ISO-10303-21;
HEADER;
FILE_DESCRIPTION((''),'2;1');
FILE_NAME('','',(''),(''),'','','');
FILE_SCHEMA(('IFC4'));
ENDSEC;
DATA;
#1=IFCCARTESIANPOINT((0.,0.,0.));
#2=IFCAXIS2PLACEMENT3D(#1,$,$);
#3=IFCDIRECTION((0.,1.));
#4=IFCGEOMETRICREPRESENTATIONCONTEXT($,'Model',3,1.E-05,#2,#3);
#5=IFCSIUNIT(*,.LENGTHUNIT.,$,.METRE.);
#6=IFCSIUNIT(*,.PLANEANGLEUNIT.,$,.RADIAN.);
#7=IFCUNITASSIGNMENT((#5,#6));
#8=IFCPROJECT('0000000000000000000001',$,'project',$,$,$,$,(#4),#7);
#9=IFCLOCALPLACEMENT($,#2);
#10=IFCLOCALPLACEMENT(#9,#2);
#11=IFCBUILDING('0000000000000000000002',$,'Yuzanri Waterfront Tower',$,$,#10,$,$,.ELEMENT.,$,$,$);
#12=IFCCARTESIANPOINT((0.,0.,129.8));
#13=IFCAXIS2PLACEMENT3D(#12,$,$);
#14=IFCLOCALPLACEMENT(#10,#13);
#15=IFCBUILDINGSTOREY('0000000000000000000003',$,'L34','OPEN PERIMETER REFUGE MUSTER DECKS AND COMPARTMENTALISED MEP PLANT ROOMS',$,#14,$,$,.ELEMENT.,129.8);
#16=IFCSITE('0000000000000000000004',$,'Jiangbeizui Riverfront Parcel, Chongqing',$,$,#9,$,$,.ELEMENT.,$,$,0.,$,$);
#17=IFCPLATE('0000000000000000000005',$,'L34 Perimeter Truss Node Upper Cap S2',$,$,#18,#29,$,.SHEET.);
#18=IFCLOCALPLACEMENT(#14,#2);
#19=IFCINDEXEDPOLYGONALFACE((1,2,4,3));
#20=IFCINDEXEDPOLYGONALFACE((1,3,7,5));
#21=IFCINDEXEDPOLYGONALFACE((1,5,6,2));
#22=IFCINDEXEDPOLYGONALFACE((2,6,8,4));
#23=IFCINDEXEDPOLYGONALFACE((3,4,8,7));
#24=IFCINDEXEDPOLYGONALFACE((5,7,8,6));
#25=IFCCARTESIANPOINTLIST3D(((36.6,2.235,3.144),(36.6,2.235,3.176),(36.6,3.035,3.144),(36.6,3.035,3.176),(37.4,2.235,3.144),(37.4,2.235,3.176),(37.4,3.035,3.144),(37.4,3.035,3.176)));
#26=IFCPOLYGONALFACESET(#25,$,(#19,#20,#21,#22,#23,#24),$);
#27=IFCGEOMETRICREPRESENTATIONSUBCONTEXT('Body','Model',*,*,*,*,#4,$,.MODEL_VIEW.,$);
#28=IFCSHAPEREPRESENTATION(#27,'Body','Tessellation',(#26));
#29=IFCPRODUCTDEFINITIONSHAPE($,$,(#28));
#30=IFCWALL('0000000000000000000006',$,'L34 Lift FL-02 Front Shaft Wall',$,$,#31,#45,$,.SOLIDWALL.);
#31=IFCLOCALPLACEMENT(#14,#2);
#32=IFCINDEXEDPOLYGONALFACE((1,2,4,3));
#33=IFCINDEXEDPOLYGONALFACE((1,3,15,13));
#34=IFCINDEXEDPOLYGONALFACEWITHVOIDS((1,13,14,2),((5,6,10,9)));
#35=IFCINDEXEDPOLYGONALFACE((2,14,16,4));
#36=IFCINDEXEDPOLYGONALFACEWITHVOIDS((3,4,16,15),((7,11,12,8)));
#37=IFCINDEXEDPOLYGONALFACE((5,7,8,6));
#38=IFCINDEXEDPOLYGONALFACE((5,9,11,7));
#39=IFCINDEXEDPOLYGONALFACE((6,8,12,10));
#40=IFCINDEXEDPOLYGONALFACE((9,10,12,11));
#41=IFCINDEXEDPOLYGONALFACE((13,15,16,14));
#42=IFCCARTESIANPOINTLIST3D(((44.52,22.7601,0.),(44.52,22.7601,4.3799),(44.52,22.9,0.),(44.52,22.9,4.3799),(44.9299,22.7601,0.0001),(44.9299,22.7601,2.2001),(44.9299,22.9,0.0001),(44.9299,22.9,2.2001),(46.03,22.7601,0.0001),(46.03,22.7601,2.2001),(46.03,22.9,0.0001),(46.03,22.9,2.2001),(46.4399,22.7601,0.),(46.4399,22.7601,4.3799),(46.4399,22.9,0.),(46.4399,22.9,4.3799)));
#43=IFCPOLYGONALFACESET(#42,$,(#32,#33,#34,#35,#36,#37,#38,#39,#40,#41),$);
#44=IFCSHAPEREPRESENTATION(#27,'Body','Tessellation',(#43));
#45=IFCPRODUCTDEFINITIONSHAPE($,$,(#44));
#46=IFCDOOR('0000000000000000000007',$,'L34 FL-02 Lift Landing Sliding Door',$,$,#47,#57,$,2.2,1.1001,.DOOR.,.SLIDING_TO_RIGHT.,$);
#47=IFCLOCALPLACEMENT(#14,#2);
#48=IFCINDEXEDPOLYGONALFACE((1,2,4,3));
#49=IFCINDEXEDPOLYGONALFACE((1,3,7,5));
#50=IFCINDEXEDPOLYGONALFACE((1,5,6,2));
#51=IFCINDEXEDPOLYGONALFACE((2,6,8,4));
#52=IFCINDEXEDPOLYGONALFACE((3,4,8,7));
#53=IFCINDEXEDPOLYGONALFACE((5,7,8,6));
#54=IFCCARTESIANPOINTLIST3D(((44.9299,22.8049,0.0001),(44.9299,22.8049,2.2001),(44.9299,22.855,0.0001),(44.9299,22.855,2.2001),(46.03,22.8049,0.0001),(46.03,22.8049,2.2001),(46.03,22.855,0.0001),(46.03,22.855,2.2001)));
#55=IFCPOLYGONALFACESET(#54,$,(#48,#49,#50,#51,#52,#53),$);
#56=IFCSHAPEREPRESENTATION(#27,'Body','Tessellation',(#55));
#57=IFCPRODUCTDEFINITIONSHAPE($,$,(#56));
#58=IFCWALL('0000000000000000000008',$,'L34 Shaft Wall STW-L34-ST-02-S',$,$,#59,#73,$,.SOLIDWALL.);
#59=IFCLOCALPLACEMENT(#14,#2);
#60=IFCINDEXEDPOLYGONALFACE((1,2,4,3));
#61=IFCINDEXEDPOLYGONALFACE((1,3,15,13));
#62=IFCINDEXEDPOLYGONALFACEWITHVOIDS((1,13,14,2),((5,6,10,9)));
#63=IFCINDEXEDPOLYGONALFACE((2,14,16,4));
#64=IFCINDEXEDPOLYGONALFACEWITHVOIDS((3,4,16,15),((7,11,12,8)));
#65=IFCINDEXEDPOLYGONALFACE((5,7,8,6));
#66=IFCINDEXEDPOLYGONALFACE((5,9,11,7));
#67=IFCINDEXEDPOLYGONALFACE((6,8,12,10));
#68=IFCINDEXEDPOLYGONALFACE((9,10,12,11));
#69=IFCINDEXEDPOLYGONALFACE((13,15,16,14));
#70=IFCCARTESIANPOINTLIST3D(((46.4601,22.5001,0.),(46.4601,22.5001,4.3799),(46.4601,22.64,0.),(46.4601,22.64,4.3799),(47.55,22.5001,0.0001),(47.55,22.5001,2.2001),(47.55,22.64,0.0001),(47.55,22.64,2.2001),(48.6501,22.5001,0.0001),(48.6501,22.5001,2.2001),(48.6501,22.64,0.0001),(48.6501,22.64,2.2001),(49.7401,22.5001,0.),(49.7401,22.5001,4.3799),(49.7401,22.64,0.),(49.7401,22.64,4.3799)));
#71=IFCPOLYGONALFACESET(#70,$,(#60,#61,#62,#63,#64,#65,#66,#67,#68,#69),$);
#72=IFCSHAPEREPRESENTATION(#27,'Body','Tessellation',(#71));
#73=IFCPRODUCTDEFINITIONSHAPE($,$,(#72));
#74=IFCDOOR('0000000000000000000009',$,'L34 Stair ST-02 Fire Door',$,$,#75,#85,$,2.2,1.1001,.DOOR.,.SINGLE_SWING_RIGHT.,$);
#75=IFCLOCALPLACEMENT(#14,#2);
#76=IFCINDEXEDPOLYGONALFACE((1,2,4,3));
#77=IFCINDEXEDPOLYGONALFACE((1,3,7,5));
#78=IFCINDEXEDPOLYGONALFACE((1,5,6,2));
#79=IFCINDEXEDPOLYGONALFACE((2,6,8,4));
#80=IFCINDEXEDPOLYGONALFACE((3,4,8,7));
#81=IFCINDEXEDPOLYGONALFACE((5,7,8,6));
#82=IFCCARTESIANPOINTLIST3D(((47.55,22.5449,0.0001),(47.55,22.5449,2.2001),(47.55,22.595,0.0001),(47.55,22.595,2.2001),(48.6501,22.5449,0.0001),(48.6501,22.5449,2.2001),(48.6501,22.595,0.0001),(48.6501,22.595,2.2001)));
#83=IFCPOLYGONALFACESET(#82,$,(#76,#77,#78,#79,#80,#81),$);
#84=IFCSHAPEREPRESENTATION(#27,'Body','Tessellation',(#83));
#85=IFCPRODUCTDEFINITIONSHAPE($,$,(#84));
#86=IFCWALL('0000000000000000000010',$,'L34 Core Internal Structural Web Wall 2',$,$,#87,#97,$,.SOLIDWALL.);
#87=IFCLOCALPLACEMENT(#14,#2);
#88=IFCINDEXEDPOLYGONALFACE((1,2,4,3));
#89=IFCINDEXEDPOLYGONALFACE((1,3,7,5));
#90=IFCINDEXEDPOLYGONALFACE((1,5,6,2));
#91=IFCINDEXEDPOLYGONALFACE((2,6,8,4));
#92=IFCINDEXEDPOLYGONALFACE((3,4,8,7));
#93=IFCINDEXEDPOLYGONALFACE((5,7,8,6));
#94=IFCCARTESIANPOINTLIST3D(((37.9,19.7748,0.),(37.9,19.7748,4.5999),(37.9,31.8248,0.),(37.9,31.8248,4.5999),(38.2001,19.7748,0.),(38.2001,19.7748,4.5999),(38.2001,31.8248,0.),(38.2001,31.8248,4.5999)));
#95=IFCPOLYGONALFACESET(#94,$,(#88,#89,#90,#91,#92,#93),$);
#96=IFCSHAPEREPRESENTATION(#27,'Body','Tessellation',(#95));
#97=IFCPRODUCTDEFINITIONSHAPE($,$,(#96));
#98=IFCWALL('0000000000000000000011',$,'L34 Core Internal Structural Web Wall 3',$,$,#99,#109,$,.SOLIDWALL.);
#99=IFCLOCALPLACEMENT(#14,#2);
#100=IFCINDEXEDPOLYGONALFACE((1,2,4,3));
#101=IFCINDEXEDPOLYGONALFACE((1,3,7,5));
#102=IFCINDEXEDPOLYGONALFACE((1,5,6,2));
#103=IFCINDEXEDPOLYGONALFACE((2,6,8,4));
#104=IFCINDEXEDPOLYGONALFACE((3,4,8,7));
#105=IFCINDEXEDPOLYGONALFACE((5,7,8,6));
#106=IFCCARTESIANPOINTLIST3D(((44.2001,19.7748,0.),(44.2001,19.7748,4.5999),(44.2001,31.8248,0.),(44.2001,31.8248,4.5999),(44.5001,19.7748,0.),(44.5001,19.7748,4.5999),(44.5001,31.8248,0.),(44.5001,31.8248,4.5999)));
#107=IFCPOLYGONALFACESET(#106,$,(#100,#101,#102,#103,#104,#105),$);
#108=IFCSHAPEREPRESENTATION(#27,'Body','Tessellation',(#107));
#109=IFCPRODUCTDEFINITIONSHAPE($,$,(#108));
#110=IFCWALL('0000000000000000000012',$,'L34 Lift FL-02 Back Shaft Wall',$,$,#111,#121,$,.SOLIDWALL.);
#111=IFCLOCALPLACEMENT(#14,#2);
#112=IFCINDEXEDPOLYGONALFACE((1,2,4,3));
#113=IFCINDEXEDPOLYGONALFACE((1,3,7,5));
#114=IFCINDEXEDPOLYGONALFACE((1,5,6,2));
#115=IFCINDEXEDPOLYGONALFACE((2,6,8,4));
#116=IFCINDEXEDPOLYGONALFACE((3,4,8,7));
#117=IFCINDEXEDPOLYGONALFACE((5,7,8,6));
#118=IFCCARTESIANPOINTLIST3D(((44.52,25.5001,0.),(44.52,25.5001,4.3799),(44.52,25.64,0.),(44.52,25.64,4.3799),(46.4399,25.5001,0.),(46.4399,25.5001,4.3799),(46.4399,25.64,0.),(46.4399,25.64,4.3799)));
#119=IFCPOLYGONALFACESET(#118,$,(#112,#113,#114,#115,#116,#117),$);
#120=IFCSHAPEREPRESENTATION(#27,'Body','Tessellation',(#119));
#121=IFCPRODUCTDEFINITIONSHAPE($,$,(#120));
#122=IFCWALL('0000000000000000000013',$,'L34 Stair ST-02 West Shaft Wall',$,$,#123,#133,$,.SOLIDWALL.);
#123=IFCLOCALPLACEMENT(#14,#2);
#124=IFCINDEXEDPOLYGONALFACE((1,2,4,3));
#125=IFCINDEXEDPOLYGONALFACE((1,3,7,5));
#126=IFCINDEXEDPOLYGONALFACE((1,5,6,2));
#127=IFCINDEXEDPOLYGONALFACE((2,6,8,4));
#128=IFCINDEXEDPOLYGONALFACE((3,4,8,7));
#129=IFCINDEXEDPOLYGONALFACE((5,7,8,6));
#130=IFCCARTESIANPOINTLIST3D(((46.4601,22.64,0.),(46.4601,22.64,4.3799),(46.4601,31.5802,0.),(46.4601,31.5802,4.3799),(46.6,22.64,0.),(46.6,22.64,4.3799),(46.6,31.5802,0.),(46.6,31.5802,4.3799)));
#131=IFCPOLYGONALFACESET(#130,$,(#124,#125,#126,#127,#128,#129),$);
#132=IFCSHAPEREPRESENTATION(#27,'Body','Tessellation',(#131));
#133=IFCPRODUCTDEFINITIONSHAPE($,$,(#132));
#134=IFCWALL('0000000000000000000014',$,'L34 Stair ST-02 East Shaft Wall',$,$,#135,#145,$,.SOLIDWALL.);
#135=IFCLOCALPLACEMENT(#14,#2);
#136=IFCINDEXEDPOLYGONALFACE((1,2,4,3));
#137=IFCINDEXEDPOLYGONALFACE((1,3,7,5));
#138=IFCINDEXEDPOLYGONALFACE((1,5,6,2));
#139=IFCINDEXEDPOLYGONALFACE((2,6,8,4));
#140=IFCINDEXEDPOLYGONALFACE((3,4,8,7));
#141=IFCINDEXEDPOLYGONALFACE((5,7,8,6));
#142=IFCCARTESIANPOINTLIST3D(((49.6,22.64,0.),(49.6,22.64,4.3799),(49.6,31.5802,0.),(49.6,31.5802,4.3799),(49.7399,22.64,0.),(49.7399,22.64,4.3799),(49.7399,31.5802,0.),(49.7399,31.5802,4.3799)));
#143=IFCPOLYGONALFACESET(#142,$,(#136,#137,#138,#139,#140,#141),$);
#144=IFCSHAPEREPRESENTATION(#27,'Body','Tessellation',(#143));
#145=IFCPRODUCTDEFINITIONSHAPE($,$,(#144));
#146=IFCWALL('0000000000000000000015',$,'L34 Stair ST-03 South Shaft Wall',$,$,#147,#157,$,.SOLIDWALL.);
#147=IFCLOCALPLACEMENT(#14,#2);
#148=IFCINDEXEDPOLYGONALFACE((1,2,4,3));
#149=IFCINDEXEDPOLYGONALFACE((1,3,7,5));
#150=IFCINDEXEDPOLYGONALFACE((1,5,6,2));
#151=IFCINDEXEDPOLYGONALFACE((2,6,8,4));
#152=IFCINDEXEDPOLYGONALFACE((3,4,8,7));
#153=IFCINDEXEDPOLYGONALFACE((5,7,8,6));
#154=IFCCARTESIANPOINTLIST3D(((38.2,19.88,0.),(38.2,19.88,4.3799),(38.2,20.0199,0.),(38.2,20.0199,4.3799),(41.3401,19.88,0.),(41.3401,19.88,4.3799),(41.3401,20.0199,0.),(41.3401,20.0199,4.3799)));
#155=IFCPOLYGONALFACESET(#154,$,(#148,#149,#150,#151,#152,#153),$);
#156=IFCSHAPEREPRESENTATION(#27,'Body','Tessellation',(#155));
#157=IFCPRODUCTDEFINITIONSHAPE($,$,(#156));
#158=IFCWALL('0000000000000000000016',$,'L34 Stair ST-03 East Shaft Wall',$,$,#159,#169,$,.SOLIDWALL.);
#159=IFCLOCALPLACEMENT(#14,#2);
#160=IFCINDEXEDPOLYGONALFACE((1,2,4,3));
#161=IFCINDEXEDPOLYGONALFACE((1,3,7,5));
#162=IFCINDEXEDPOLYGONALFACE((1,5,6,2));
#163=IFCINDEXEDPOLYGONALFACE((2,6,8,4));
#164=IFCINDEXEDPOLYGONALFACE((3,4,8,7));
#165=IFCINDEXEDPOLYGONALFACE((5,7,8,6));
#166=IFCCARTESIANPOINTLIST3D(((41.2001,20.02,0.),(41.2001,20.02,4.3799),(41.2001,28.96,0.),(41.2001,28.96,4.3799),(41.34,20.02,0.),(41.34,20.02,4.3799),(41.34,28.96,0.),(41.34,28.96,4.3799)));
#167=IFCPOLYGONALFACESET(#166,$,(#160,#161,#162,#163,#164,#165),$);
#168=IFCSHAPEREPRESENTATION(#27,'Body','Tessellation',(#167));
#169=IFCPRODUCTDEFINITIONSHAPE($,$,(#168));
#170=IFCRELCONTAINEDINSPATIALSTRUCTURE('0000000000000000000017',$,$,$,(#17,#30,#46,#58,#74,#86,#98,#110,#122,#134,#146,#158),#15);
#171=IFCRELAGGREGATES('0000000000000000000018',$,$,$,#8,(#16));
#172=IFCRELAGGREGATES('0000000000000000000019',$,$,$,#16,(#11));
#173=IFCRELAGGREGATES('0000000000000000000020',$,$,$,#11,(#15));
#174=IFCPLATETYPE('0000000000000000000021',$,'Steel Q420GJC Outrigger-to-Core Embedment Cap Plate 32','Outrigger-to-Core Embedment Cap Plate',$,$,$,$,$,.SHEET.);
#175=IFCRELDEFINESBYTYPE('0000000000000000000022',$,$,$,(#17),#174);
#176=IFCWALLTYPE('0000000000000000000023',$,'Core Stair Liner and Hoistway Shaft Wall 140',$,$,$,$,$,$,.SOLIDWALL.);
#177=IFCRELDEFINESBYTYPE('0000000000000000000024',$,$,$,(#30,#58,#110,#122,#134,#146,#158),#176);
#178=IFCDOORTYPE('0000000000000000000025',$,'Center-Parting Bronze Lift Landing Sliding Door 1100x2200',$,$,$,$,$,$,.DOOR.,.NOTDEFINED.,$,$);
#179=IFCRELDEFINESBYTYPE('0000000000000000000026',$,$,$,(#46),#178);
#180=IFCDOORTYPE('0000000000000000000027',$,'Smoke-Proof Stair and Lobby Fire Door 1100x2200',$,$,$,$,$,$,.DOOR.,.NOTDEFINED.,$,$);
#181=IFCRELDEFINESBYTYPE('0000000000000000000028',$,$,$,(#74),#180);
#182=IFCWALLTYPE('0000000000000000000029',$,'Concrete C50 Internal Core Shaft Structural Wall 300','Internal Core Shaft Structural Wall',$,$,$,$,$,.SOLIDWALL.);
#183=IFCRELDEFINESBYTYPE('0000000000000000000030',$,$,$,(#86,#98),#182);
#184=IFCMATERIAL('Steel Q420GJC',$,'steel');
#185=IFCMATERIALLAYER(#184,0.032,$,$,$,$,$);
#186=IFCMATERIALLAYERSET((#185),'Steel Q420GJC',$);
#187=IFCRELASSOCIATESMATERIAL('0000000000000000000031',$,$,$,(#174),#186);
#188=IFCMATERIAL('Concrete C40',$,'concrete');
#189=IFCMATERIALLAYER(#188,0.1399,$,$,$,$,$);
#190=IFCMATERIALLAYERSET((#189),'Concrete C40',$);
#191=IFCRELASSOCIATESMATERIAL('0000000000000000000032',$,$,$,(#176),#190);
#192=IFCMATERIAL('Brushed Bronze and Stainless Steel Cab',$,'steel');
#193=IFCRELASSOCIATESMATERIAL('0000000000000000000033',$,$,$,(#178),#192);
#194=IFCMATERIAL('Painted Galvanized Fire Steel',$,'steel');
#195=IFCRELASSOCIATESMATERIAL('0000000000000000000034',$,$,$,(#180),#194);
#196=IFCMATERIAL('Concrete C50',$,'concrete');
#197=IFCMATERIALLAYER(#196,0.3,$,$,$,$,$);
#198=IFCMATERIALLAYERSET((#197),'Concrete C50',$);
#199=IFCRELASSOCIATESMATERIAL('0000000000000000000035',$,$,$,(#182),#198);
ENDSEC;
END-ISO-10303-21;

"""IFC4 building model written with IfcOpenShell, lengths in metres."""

from ifc_helpers import new_model, si_unit, direction, frame, frame_2d, origin, origin_2d, place, context, subcontext, project, spatial, rectangle, extrude, source, transform, mapped, material, layer, layer_set, type_object, element, fill, save


model = new_model("IFC4")

# Units and contexts
model_context = context("Model", 3, precision=1e-05, world=origin(), true_north=direction((0.0, 1.0)))
body_context = subcontext(model_context, "Body", "Model", "MODEL_VIEW")
ifc_project = project(units=[si_unit("LENGTHUNIT", "METRE"), si_unit("PLANEANGLEUNIT", "RADIAN")], contexts=[model_context])

# Site, building, storey
site_placement = place(None, origin())
site = spatial("IfcSite", under=ifc_project, at=site_placement, Name="Jiangbeizui Riverfront Parcel, Chongqing", CompositionType="ELEMENT", RefElevation=0.0)
building_placement = place(site_placement, origin())
building = spatial("IfcBuilding", under=site, at=building_placement, Name="Yuzanri Waterfront Tower", CompositionType="ELEMENT")
storey_placement = place(building_placement, frame((0.0, 0.0, 129.8)))
storey = spatial("IfcBuildingStorey", under=building, at=storey_placement, Name="L34", Description="OPEN PERIMETER REFUGE MUSTER DECKS AND COMPARTMENTALISED MEP PLANT ROOMS", CompositionType="ELEMENT", Elevation=129.8)

# Plate
ifc_material_1 = material(Name="Steel Q420GJC", Category="steel")
ifc_layer_1 = layer(ifc_material_1, 0.032)
ifc_layer_set_1 = layer_set([ifc_layer_1], Name="Steel Q420GJC")
plate_type = type_object("IfcPlateType", Name="Steel Q420GJC Outrigger-to-Core Embedment Cap Plate 32", Description="Outrigger-to-Core Embedment Cap Plate", PredefinedType="SHEET", material=ifc_layer_set_1)
shared_shape_1 = source(origin(), body_context, "Body", "SweptSolid", [
    extrude(rectangle(XDim=0.8, YDim=0.8, at=origin_2d()), origin(), (0.0, 0.0, 1.0), 0.032),
])
for number, where, z_axis, x_axis, name in (
    (1, (37.0, 2.635, 3.144), (0.0, 0.0, 1.0), (1.0, 0.0, 0.0), "L34 Perimeter Truss Node Upper Cap S2"),
):
    element("IfcPlate", number, at=place(storey_placement, frame(where, z_axis=z_axis, x_axis=x_axis)), inside=storey, type_object=plate_type, Name=name, PredefinedType="SHEET", context=body_context, shape_type="MappedRepresentation", body=[
        mapped(shared_shape_1, transform((0.0, 0.0, 0.0), scale=1.0)),
    ])

# Walls, openings, doors
ifc_material_2 = material(Name="Concrete C40", Category="concrete")
ifc_layer_2 = layer(ifc_material_2, 0.1399)
ifc_layer_set_2 = layer_set([ifc_layer_2], Name="Concrete C40")
wall_type_1 = type_object("IfcWallType", Name="Core Stair Liner and Hoistway Shaft Wall 140", PredefinedType="SOLIDWALL", material=ifc_layer_set_2)
wall_1_placement = place(storey_placement, frame((44.52, 22.8301, 0.0), z_axis=(0.0, 0.0, 1.0), x_axis=(1.0, 0.0, 0.0)))
wall_1 = element("IfcWall", 2, at=wall_1_placement, inside=storey, type_object=wall_type_1, Name="L34 Lift FL-02 Front Shaft Wall", PredefinedType="SOLIDWALL", context=body_context, shape_type="SweptSolid", body=[
    extrude(rectangle(XDim=1.9199, YDim=0.1399, at=frame_2d((0.96, 0.0))), origin(), (0.0, 0.0, 1.0), 4.3799),
])
opening_1_placement = place(wall_1_placement, frame((0.4099, 0.0, 0.0)))
opening_1 = element("IfcOpeningElement", 3, at=opening_1_placement, cuts=wall_1, PredefinedType="OPENING", context=body_context, shape_type="SweptSolid", body=[
    extrude(rectangle(XDim=1.1001, YDim=2.2, at=frame_2d((0.55, 1.1001))), frame((0.0, 0.085, 0.0), z_axis=(0.0, -1.0, 0.0), x_axis=(1.0, 0.0, 0.0)), (0.0, 0.0, 1.0), 0.1697),
])
ifc_material_3 = material(Name="Brushed Bronze and Stainless Steel Cab", Category="steel")
door_type_1 = type_object("IfcDoorType", Name="Center-Parting Bronze Lift Landing Sliding Door 1100x2200", OperationType="NOTDEFINED", PredefinedType="DOOR", material=ifc_material_3)
shared_shape_2 = source(origin(), body_context, "Body", "SweptSolid", [
    extrude(rectangle(XDim=1.1001, YDim=2.2, at=frame_2d((0.55, 1.1001))), frame((0.0, 0.0249, 0.0), z_axis=(0.0, -1.0, 0.0), x_axis=(1.0, 0.0, 0.0)), (0.0, 0.0, 1.0), 0.05),
])
door_1_placement = place(opening_1_placement, origin())
door_1 = element("IfcDoor", 4, at=door_1_placement, inside=storey, type_object=door_type_1, Name="L34 FL-02 Lift Landing Sliding Door", OperationType="SLIDING_TO_RIGHT", OverallHeight=2.2, OverallWidth=1.1001, PredefinedType="DOOR", context=body_context, shape_type="MappedRepresentation", body=[
    mapped(shared_shape_2, transform((0.0, 0.0, 0.0), scale=1.0)),
])
fill(opening_1, door_1)
wall_2_placement = place(storey_placement, frame((46.46, 22.5701, 0.0), z_axis=(0.0, 0.0, 1.0), x_axis=(1.0, 0.0, 0.0)))
wall_2 = element("IfcWall", 5, at=wall_2_placement, inside=storey, type_object=wall_type_1, Name="L34 Shaft Wall STW-L34-ST-02-S", PredefinedType="SOLIDWALL", context=body_context, shape_type="SweptSolid", body=[
    extrude(rectangle(XDim=3.28, YDim=0.1399, at=frame_2d((1.6401, 0.0))), origin(), (0.0, 0.0, 1.0), 4.3799),
])
opening_2_placement = place(wall_2_placement, frame((1.0901, 0.0, 0.0)))
opening_2 = element("IfcOpeningElement", 6, at=opening_2_placement, cuts=wall_2, PredefinedType="OPENING", context=body_context, shape_type="SweptSolid", body=[
    extrude(rectangle(XDim=1.1001, YDim=2.2, at=frame_2d((0.55, 1.1001))), frame((0.0, 0.085, 0.0), z_axis=(0.0, -1.0, 0.0), x_axis=(1.0, 0.0, 0.0)), (0.0, 0.0, 1.0), 0.1697),
])
ifc_material_4 = material(Name="Painted Galvanized Fire Steel", Category="steel")
door_type_2 = type_object("IfcDoorType", Name="Smoke-Proof Stair and Lobby Fire Door 1100x2200", OperationType="NOTDEFINED", PredefinedType="DOOR", material=ifc_material_4)
shared_shape_3 = source(origin(), body_context, "Body", "SweptSolid", [
    extrude(rectangle(XDim=1.1001, YDim=2.2, at=frame_2d((0.55, 1.1001))), frame((0.0, 0.0249, 0.0), z_axis=(0.0, -1.0, 0.0), x_axis=(1.0, 0.0, 0.0)), (0.0, 0.0, 1.0), 0.05),
])
door_2_placement = place(opening_2_placement, origin())
door_2 = element("IfcDoor", 7, at=door_2_placement, inside=storey, type_object=door_type_2, Name="L34 Stair ST-02 Fire Door", OperationType="SINGLE_SWING_RIGHT", OverallHeight=2.2, OverallWidth=1.1001, PredefinedType="DOOR", context=body_context, shape_type="MappedRepresentation", body=[
    mapped(shared_shape_3, transform((0.0, 0.0, 0.0), scale=1.0)),
])
fill(opening_2, door_2)

# Walls
ifc_material_5 = material(Name="Concrete C50", Category="concrete")
ifc_layer_3 = layer(ifc_material_5, 0.3)
ifc_layer_set_3 = layer_set([ifc_layer_3], Name="Concrete C50")
wall_type_2 = type_object("IfcWallType", Name="Concrete C50 Internal Core Shaft Structural Wall 300", Description="Internal Core Shaft Structural Wall", PredefinedType="SOLIDWALL", material=ifc_layer_set_3)
shared_shape_4 = source(origin(), body_context, "Body", "SweptSolid", [
    extrude(rectangle(XDim=12.05, YDim=0.3, at=frame_2d((6.0249, 0.0))), origin(), (0.0, 0.0, 1.0), 4.5999),
])
for number, where, z_axis, x_axis, name in (
    (8, (38.05, 19.7749, 0.0), (0.0, 0.0, 1.0), (0.0, 1.0, 0.0), "L34 Core Internal Structural Web Wall 2"),
    (9, (44.3501, 19.7749, 0.0), (0.0, 0.0, 1.0), (0.0, 1.0, 0.0), "L34 Core Internal Structural Web Wall 3"),
):
    element("IfcWall", number, at=place(storey_placement, frame(where, z_axis=z_axis, x_axis=x_axis)), inside=storey, type_object=wall_type_2, Name=name, PredefinedType="SOLIDWALL", context=body_context, shape_type="MappedRepresentation", body=[
        mapped(shared_shape_4, transform((0.0, 0.0, 0.0), scale=1.0)),
    ])
shared_shape_5 = source(origin(), body_context, "Body", "SweptSolid", [
    extrude(rectangle(XDim=1.9199, YDim=0.1399, at=frame_2d((0.96, 0.0))), origin(), (0.0, 0.0, 1.0), 4.3799),
])
wall_3_placement = place(storey_placement, frame((44.52, 25.5701, 0.0), z_axis=(0.0, 0.0, 1.0), x_axis=(1.0, 0.0, 0.0)))
element("IfcWall", 10, at=wall_3_placement, inside=storey, type_object=wall_type_1, Name="L34 Lift FL-02 Back Shaft Wall", PredefinedType="SOLIDWALL", context=body_context, shape_type="MappedRepresentation", body=[
    mapped(shared_shape_5, transform((0.0, 0.0, 0.0), scale=1.0)),
])
shared_shape_6 = source(origin(), body_context, "Body", "SweptSolid", [
    extrude(rectangle(XDim=8.9402, YDim=0.1399, at=frame_2d((4.4702, 0.0))), origin(), (0.0, 0.0, 1.0), 4.3799),
])
for number, where, z_axis, x_axis, name in (
    (11, (46.53, 22.6399, 0.0), (0.0, 0.0, 1.0), (0.0, 1.0, 0.0), "L34 Stair ST-02 West Shaft Wall"),
    (12, (49.6699, 22.6399, 0.0), (0.0, 0.0, 1.0), (0.0, 1.0, 0.0), "L34 Stair ST-02 East Shaft Wall"),
):
    element("IfcWall", number, at=place(storey_placement, frame(where, z_axis=z_axis, x_axis=x_axis)), inside=storey, type_object=wall_type_1, Name=name, PredefinedType="SOLIDWALL", context=body_context, shape_type="MappedRepresentation", body=[
        mapped(shared_shape_6, transform((0.0, 0.0, 0.0), scale=1.0)),
    ])
shared_shape_7 = source(origin(), body_context, "Body", "SweptSolid", [
    extrude(rectangle(XDim=3.1401, YDim=0.1399, at=frame_2d((1.5701, 0.0))), origin(), (0.0, 0.0, 1.0), 4.3799),
])
wall_4_placement = place(storey_placement, frame((38.2, 19.95, 0.0), z_axis=(0.0, 0.0, 1.0), x_axis=(1.0, 0.0, 0.0)))
element("IfcWall", 13, at=wall_4_placement, inside=storey, type_object=wall_type_1, Name="L34 Stair ST-03 South Shaft Wall", PredefinedType="SOLIDWALL", context=body_context, shape_type="MappedRepresentation", body=[
    mapped(shared_shape_7, transform((0.0, 0.0, 0.0), scale=1.0)),
])
shared_shape_8 = source(origin(), body_context, "Body", "SweptSolid", [
    extrude(rectangle(XDim=8.9399, YDim=0.1399, at=frame_2d((4.47, 0.0))), origin(), (0.0, 0.0, 1.0), 4.3799),
])
wall_5_placement = place(storey_placement, frame((41.27, 20.02, 0.0), z_axis=(0.0, 0.0, 1.0), x_axis=(0.0, 1.0, 0.0)))
element("IfcWall", 14, at=wall_5_placement, inside=storey, type_object=wall_type_1, Name="L34 Stair ST-03 East Shaft Wall", PredefinedType="SOLIDWALL", context=body_context, shape_type="MappedRepresentation", body=[
    mapped(shared_shape_8, transform((0.0, 0.0, 0.0), scale=1.0)),
])

save(model, "model.ifc")
